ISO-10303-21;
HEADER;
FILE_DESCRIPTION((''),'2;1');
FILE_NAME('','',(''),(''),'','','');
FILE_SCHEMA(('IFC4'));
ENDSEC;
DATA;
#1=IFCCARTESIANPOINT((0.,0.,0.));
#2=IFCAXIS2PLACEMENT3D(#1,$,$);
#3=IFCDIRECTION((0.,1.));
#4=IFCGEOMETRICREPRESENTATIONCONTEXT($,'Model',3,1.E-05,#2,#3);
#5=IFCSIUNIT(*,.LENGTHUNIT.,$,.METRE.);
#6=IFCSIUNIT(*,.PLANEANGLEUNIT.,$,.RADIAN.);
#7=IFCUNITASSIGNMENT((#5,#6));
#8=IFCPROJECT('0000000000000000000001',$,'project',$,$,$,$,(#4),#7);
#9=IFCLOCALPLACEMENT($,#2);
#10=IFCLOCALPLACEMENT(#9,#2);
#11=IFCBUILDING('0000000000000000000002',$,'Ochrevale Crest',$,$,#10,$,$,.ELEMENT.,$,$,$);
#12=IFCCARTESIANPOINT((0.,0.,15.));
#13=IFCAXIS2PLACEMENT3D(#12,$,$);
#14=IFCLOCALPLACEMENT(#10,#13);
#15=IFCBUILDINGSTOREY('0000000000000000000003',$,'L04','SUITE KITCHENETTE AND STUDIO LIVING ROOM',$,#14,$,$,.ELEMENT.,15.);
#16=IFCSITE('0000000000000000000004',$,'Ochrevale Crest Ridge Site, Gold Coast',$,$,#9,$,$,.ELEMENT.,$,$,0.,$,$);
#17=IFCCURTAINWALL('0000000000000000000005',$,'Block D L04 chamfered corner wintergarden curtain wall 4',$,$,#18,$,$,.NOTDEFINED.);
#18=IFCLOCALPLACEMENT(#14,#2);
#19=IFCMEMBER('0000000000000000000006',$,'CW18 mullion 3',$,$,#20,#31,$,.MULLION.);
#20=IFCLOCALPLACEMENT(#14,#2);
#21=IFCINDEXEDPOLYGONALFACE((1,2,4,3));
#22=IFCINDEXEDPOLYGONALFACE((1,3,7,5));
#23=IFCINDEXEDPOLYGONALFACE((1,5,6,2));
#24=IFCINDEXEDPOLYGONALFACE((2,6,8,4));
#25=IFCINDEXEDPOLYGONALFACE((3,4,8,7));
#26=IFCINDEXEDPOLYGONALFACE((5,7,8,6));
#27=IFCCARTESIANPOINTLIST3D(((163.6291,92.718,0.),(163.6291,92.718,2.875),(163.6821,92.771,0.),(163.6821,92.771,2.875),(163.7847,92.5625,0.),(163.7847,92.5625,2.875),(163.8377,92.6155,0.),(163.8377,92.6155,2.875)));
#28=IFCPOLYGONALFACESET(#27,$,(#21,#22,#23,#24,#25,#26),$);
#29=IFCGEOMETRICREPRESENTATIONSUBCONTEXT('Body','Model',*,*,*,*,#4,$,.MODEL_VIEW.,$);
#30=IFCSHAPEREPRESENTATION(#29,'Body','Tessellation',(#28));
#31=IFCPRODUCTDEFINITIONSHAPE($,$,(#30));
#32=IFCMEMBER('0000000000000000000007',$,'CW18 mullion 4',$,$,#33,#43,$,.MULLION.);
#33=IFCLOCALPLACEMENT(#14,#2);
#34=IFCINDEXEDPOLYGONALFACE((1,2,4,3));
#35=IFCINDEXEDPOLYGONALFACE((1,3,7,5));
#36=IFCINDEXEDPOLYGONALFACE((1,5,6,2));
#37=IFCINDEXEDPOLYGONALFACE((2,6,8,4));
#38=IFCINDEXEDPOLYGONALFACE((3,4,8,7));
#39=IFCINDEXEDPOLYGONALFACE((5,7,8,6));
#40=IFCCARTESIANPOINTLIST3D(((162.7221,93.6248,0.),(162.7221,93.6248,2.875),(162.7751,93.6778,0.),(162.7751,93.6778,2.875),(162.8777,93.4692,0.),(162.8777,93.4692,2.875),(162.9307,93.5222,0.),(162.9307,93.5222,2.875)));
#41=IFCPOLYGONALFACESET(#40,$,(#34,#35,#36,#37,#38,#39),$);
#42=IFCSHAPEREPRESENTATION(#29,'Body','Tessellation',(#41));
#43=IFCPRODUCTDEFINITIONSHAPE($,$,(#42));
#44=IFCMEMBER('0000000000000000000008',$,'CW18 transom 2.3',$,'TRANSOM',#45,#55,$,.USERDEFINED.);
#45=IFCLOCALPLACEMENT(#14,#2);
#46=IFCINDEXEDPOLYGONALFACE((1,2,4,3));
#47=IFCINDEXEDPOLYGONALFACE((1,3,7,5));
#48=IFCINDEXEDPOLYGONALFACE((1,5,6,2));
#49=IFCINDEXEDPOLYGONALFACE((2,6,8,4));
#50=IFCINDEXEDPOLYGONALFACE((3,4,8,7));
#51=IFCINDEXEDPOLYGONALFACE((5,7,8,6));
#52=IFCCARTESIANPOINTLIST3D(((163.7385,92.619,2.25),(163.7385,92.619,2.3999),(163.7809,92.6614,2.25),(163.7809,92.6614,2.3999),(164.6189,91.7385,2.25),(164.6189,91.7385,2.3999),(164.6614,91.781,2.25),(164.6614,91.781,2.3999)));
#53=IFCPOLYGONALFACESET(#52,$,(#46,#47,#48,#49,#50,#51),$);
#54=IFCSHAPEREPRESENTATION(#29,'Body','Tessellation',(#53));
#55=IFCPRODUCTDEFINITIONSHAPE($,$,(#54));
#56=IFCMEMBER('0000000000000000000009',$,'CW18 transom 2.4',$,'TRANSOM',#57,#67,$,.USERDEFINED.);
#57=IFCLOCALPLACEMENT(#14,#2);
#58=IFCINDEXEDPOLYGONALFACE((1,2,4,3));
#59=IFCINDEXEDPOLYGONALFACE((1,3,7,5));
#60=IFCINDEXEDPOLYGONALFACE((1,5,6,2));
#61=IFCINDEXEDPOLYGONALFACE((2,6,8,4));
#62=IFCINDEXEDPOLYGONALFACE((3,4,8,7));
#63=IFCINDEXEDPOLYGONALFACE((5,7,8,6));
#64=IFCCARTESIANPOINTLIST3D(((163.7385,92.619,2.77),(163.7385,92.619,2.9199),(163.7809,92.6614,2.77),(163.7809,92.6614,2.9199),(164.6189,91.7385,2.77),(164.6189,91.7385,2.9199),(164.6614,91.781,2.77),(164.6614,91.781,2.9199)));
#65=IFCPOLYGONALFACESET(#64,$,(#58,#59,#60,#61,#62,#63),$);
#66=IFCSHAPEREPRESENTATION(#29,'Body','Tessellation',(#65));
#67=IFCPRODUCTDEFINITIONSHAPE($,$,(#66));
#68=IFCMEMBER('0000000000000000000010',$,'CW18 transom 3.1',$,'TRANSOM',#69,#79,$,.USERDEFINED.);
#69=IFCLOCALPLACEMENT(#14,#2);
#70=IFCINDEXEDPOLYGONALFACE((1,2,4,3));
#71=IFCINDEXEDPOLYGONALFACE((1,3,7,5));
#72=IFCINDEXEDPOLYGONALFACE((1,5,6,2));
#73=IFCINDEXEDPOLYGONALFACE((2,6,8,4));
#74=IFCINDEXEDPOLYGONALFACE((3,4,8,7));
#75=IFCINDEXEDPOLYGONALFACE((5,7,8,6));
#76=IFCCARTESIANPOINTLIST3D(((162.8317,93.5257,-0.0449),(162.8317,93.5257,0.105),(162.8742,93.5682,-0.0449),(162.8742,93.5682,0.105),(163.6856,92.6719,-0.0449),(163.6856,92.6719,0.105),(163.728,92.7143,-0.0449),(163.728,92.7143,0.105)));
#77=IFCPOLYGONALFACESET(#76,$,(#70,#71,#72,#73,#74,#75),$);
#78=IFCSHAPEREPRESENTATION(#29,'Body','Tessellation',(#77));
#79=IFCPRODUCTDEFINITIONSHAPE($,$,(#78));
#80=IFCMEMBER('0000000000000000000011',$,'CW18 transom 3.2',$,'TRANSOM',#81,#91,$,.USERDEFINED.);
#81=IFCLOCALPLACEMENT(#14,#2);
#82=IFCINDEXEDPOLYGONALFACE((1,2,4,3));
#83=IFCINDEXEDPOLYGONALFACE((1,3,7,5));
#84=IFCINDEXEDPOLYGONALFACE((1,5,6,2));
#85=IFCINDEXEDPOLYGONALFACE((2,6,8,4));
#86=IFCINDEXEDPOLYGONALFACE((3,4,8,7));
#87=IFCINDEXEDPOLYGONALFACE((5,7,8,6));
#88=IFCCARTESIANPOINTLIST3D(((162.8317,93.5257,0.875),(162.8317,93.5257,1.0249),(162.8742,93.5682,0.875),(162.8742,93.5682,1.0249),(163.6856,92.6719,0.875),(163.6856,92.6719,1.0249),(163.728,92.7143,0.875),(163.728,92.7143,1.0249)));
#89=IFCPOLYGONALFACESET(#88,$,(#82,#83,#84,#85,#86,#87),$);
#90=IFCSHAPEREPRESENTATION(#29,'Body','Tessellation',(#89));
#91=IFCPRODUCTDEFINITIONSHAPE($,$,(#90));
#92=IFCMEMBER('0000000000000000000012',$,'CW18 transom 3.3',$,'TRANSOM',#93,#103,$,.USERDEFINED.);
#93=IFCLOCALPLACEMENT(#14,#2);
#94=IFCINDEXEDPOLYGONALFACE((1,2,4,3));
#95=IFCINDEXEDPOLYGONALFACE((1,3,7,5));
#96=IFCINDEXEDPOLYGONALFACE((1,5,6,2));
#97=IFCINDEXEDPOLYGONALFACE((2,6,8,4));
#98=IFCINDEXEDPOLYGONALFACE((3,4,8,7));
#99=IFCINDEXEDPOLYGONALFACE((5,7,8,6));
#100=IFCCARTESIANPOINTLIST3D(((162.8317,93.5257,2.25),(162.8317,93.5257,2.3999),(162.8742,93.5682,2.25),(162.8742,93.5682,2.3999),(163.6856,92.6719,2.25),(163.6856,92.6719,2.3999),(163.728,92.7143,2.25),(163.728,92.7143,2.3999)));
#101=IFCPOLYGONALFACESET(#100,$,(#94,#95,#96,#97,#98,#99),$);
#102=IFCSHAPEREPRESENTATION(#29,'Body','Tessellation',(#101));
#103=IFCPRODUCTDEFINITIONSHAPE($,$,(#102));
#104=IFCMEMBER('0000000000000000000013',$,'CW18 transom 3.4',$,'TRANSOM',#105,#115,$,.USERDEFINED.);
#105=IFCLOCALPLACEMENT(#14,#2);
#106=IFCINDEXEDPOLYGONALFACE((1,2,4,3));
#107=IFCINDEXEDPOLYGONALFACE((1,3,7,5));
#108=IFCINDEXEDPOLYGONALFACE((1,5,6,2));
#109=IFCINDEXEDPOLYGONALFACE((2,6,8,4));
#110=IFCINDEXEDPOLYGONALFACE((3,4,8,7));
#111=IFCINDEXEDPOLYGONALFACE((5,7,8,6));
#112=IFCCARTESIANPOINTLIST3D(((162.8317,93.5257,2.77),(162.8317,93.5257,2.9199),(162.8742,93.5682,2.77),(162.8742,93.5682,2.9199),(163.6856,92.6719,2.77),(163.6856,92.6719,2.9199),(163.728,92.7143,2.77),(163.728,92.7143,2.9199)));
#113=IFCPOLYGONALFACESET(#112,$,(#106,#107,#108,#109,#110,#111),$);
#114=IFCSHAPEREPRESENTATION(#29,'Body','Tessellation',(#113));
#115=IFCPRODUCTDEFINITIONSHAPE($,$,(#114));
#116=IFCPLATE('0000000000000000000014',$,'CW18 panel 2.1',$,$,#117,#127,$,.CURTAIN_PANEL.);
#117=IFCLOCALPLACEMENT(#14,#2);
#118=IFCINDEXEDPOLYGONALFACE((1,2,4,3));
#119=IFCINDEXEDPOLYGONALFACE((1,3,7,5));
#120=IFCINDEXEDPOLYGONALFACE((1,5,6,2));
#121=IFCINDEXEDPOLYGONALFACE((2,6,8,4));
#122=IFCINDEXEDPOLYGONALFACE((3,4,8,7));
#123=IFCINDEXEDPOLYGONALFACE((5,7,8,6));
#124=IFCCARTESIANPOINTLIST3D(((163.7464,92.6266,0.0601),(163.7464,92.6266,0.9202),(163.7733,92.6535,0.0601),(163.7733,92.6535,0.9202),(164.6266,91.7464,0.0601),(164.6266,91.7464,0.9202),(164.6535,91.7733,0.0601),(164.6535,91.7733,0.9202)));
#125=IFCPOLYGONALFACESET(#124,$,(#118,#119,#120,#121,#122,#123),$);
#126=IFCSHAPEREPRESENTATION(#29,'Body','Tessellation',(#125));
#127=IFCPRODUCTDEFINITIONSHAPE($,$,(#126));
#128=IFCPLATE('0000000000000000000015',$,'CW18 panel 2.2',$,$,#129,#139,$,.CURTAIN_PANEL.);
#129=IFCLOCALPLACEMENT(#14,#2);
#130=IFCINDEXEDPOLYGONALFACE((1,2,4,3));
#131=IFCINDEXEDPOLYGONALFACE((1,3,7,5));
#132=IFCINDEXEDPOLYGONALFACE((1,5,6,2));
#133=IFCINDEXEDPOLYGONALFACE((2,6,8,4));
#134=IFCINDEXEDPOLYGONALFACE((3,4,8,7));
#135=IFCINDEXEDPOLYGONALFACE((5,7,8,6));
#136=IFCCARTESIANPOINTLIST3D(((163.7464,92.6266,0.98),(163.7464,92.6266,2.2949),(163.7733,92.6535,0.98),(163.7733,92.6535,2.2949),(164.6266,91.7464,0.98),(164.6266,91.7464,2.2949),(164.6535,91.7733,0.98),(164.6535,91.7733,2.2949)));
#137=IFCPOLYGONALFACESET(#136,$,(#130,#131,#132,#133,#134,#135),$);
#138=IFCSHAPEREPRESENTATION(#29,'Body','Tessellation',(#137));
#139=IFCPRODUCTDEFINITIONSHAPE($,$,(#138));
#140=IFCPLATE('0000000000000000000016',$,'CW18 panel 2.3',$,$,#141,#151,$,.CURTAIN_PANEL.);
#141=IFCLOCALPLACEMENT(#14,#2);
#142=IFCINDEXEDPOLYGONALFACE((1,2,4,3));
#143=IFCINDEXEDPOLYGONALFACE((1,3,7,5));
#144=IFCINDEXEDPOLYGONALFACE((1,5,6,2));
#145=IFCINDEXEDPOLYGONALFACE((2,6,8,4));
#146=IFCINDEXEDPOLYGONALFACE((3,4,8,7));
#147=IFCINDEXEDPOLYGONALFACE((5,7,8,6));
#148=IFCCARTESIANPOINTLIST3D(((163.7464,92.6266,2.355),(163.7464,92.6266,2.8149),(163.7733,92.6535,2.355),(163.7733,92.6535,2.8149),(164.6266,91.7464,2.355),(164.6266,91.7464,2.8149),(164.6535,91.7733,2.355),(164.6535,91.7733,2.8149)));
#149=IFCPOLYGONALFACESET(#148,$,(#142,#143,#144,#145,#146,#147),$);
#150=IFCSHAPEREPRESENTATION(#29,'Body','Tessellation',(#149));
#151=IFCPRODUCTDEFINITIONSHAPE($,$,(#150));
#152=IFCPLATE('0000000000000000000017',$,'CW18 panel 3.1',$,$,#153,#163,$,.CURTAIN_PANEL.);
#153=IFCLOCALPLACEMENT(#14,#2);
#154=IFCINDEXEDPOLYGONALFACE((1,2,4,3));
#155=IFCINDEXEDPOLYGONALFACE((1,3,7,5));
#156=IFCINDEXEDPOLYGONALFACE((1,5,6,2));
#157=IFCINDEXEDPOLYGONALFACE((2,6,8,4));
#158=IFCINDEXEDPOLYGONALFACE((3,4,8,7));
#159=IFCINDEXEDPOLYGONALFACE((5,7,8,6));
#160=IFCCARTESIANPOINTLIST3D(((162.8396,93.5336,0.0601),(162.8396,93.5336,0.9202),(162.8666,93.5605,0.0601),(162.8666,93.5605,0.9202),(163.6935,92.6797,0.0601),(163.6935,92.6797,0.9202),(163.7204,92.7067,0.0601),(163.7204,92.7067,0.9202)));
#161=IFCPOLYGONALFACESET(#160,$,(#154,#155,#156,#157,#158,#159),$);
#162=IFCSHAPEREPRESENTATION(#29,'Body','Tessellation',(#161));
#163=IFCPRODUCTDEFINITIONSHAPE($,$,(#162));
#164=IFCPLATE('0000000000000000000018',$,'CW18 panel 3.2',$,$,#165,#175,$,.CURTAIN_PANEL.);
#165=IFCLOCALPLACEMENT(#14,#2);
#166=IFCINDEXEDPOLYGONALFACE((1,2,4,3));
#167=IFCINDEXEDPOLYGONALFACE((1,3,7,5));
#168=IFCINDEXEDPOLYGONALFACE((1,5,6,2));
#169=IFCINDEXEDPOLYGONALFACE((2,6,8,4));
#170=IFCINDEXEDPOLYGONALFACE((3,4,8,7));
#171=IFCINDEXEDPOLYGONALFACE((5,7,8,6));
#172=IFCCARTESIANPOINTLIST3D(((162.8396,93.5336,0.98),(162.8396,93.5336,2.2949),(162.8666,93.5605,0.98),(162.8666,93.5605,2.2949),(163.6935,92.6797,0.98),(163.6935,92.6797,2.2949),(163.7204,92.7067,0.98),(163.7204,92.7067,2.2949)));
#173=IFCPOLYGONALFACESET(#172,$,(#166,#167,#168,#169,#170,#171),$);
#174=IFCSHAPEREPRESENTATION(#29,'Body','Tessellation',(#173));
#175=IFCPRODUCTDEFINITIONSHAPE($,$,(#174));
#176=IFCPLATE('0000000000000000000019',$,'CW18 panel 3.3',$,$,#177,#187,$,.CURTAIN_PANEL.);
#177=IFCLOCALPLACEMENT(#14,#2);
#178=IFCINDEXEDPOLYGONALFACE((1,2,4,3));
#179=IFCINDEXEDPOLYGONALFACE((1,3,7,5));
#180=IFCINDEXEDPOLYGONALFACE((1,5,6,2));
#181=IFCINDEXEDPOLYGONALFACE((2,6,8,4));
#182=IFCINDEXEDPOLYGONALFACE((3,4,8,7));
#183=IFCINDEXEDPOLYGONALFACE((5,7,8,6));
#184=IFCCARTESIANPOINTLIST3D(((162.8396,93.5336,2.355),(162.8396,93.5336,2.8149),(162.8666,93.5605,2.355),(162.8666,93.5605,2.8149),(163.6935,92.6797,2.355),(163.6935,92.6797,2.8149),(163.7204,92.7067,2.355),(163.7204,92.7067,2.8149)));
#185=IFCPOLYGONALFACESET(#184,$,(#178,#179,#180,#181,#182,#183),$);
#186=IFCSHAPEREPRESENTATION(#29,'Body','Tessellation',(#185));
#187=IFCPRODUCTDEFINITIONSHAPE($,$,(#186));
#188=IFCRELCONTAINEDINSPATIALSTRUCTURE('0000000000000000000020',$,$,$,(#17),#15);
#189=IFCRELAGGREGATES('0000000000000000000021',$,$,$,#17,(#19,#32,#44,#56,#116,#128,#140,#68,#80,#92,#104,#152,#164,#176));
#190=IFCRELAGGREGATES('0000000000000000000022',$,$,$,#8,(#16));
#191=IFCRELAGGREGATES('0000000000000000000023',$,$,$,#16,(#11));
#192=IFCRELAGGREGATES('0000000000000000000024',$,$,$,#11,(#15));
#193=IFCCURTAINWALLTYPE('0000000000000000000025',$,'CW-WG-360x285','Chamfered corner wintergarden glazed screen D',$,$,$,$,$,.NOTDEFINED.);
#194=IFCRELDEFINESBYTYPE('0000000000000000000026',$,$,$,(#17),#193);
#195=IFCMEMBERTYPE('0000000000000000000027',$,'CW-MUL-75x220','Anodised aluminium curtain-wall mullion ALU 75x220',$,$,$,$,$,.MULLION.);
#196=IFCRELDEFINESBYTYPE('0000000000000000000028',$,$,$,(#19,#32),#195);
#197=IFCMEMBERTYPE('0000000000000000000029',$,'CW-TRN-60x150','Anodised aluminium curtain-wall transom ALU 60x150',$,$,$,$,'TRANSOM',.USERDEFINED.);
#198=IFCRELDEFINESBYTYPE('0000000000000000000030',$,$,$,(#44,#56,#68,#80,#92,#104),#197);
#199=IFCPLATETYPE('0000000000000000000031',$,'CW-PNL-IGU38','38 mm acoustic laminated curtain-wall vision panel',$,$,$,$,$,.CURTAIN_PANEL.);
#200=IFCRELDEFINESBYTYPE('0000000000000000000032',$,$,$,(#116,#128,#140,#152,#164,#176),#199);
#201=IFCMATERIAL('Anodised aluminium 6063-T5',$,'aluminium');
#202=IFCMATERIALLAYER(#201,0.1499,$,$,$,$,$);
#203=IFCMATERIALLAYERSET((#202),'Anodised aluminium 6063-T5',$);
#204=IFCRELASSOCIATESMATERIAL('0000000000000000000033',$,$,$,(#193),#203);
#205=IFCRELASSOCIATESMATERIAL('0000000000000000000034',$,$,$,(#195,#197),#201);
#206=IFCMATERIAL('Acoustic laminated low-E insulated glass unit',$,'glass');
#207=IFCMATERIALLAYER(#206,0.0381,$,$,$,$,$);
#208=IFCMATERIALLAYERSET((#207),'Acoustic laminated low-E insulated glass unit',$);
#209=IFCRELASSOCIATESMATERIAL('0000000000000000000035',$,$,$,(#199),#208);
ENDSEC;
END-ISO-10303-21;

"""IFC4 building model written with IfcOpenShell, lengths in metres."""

from ifc_helpers import new_model, si_unit, direction, frame, origin, origin_2d, place, context, subcontext, project, spatial, rectangle, extrude, material, layer, layer_set, material_profile, profile_set, type_object, element, aggregate, save


model = new_model("IFC4")

# Units and contexts
model_context = context("Model", 3, precision=1e-05, world=origin(), true_north=direction((0.0, 1.0)))
body_context = subcontext(model_context, "Body", "Model", "MODEL_VIEW")
ifc_project = project(units=[si_unit("LENGTHUNIT", "METRE"), si_unit("PLANEANGLEUNIT", "RADIAN")], contexts=[model_context])

# Site, building, storey
site_placement = place(None, origin())
site = spatial("IfcSite", under=ifc_project, at=site_placement, Name="Ochrevale Crest Ridge Site, Gold Coast", CompositionType="ELEMENT", RefElevation=0.0)
building_placement = place(site_placement, origin())
building = spatial("IfcBuilding", under=site, at=building_placement, Name="Ochrevale Crest", CompositionType="ELEMENT")
storey_placement = place(building_placement, frame((0.0, 0.0, 15.0)))
storey = spatial("IfcBuildingStorey", under=building, at=storey_placement, Name="L04", Description="SUITE KITCHENETTE AND STUDIO LIVING ROOM", CompositionType="ELEMENT", Elevation=15.0)

# Curtain wall, members, plates
ifc_material_1 = material(Name="Anodised aluminium 6063-T5", Category="aluminium")
ifc_layer_1 = layer(ifc_material_1, 0.1499)
ifc_layer_set_1 = layer_set([ifc_layer_1], Name="Anodised aluminium 6063-T5")
curtain_wall_type = type_object("IfcCurtainWallType", Name="CW-WG-360x285", Description="Chamfered corner wintergarden glazed screen D", PredefinedType="NOTDEFINED", material=ifc_layer_set_1)
curtain_wall_placement = place(storey_placement, origin())
curtain_wall = element("IfcCurtainWall", 1, at=curtain_wall_placement, inside=storey, type_object=curtain_wall_type, Name="Block D L04 chamfered corner wintergarden curtain wall 4", PredefinedType="NOTDEFINED")
ifc_material_profile_1 = material_profile(ifc_material_1, rectangle(XDim=0.075, YDim=0.22, at=origin_2d()), Name="ALU 75x220")
ifc_profile_set_1 = profile_set([ifc_material_profile_1], Name="Anodised aluminium 6063-T5")
member_type_1 = type_object("IfcMemberType", Name="CW-MUL-75x220", Description="Anodised aluminium curtain-wall mullion ALU 75x220", PredefinedType="MULLION", material=ifc_profile_set_1)
member_1_placement = place(storey_placement, frame((163.7334, 92.6667, 0.0), z_axis=(0.0, 0.0, 1.0), x_axis=(-0.707107, -0.707107, 0.0)))
member_1 = element("IfcMember", 2, at=member_1_placement, type_object=member_type_1, Name="CW18 mullion 3", PredefinedType="MULLION", context=body_context, shape_type="SweptSolid", body=[
    extrude(rectangle(XDim=0.075, YDim=0.22, at=origin_2d()), origin(), (0.0, 0.0, 1.0), 2.875),
])
member_2_placement = place(storey_placement, frame((162.8264, 93.5735, 0.0), z_axis=(0.0, 0.0, 1.0), x_axis=(-0.707107, -0.707107, 0.0)))
member_2 = element("IfcMember", 3, at=member_2_placement, type_object=member_type_1, Name="CW18 mullion 4", PredefinedType="MULLION", context=body_context, shape_type="SweptSolid", body=[
    extrude(rectangle(XDim=0.075, YDim=0.22, at=origin_2d()), origin(), (0.0, 0.0, 1.0), 2.875),
])
ifc_material_profile_2 = material_profile(ifc_material_1, rectangle(XDim=0.0601, YDim=0.1499, at=origin_2d()), Name="ALU 60x150")
ifc_profile_set_2 = profile_set([ifc_material_profile_2], Name="Anodised aluminium 6063-T5")
member_type_2 = type_object("IfcMemberType", Name="CW-TRN-60x150", Description="Anodised aluminium curtain-wall transom ALU 60x150", ElementType="TRANSOM", PredefinedType="USERDEFINED", material=ifc_profile_set_2)
member_3_placement = place(storey_placement, frame((164.6401, 91.7598, 2.325), z_axis=(-0.707107, 0.707107, 0.0), x_axis=(-0.707107, -0.707107, 0.0)))
member_3 = element("IfcMember", 4, at=member_3_placement, type_object=member_type_2, Name="CW18 transom 2.3", ObjectType="TRANSOM", PredefinedType="USERDEFINED", context=body_context, shape_type="SweptSolid", body=[
    extrude(rectangle(XDim=0.0601, YDim=0.1499, at=origin_2d()), origin(), (0.0, 0.0, 1.0), 1.2451),
])
member_4_placement = place(storey_placement, frame((164.6401, 91.7598, 2.845), z_axis=(-0.707107, 0.707107, 0.0), x_axis=(-0.707107, -0.707107, 0.0)))
member_4 = element("IfcMember", 5, at=member_4_placement, type_object=member_type_2, Name="CW18 transom 2.4", ObjectType="TRANSOM", PredefinedType="USERDEFINED", context=body_context, shape_type="SweptSolid", body=[
    extrude(rectangle(XDim=0.0601, YDim=0.1499, at=origin_2d()), origin(), (0.0, 0.0, 1.0), 1.2451),
])
member_5_placement = place(storey_placement, frame((163.7068, 92.6931, 0.03), z_axis=(-0.707107, 0.707107, 0.0), x_axis=(-0.707107, -0.707107, 0.0)))
member_5 = element("IfcMember", 6, at=member_5_placement, type_object=member_type_2, Name="CW18 transom 3.1", ObjectType="TRANSOM", PredefinedType="USERDEFINED", context=body_context, shape_type="SweptSolid", body=[
    extrude(rectangle(XDim=0.0601, YDim=0.1499, at=origin_2d()), origin(), (0.0, 0.0, 1.0), 1.2075),
])
member_6_placement = place(storey_placement, frame((163.7068, 92.6931, 0.95), z_axis=(-0.707107, 0.707107, 0.0), x_axis=(-0.707107, -0.707107, 0.0)))
member_6 = element("IfcMember", 7, at=member_6_placement, type_object=member_type_2, Name="CW18 transom 3.2", ObjectType="TRANSOM", PredefinedType="USERDEFINED", context=body_context, shape_type="SweptSolid", body=[
    extrude(rectangle(XDim=0.0601, YDim=0.1499, at=origin_2d()), origin(), (0.0, 0.0, 1.0), 1.2075),
])
member_7_placement = place(storey_placement, frame((163.7068, 92.6931, 2.325), z_axis=(-0.707107, 0.707107, 0.0), x_axis=(-0.707107, -0.707107, 0.0)))
member_7 = element("IfcMember", 8, at=member_7_placement, type_object=member_type_2, Name="CW18 transom 3.3", ObjectType="TRANSOM", PredefinedType="USERDEFINED", context=body_context, shape_type="SweptSolid", body=[
    extrude(rectangle(XDim=0.0601, YDim=0.1499, at=origin_2d()), origin(), (0.0, 0.0, 1.0), 1.2075),
])
member_8_placement = place(storey_placement, frame((163.7068, 92.6931, 2.845), z_axis=(-0.707107, 0.707107, 0.0), x_axis=(-0.707107, -0.707107, 0.0)))
member_8 = element("IfcMember", 9, at=member_8_placement, type_object=member_type_2, Name="CW18 transom 3.4", ObjectType="TRANSOM", PredefinedType="USERDEFINED", context=body_context, shape_type="SweptSolid", body=[
    extrude(rectangle(XDim=0.0601, YDim=0.1499, at=origin_2d()), origin(), (0.0, 0.0, 1.0), 1.2075),
])
ifc_material_2 = material(Name="Acoustic laminated low-E insulated glass unit", Category="glass")
ifc_layer_2 = layer(ifc_material_2, 0.0381)
ifc_layer_set_2 = layer_set([ifc_layer_2], Name="Acoustic laminated low-E insulated glass unit")
plate_type_1 = type_object("IfcPlateType", Name="CW-PNL-IGU38", Description="38 mm acoustic laminated curtain-wall vision panel", PredefinedType="CURTAIN_PANEL", material=ifc_layer_set_2)
plate_1_placement = place(storey_placement, frame((164.2, 92.2, 0.0601), z_axis=(0.0, 0.0, 1.0), x_axis=(-0.707107, 0.707107, 0.0)))
plate_1 = element("IfcPlate", 10, at=plate_1_placement, type_object=plate_type_1, Name="CW18 panel 2.1", PredefinedType="CURTAIN_PANEL", context=body_context, shape_type="SweptSolid", body=[
    extrude(rectangle(XDim=1.2449, YDim=0.0381, at=origin_2d()), origin(), (0.0, 0.0, 1.0), 0.8601),
])
plate_2_placement = place(storey_placement, frame((164.2, 92.2, 0.98), z_axis=(0.0, 0.0, 1.0), x_axis=(-0.707107, 0.707107, 0.0)))
plate_2 = element("IfcPlate", 11, at=plate_2_placement, type_object=plate_type_1, Name="CW18 panel 2.2", PredefinedType="CURTAIN_PANEL", context=body_context, shape_type="SweptSolid", body=[
    extrude(rectangle(XDim=1.2449, YDim=0.0381, at=origin_2d()), origin(), (0.0, 0.0, 1.0), 1.3149),
])
plate_3_placement = place(storey_placement, frame((164.2, 92.2, 2.355), z_axis=(0.0, 0.0, 1.0), x_axis=(-0.707107, 0.707107, 0.0)))
plate_3 = element("IfcPlate", 12, at=plate_3_placement, type_object=plate_type_1, Name="CW18 panel 2.3", PredefinedType="CURTAIN_PANEL", context=body_context, shape_type="SweptSolid", body=[
    extrude(rectangle(XDim=1.2449, YDim=0.0381, at=origin_2d()), origin(), (0.0, 0.0, 1.0), 0.46),
])
plate_4_placement = place(storey_placement, frame((163.28, 93.1201, 0.0601), z_axis=(0.0, 0.0, 1.0), x_axis=(-0.707107, 0.707107, 0.0)))
plate_4 = element("IfcPlate", 13, at=plate_4_placement, type_object=plate_type_1, Name="CW18 panel 3.1", PredefinedType="CURTAIN_PANEL", context=body_context, shape_type="SweptSolid", body=[
    extrude(rectangle(XDim=1.2075, YDim=0.0381, at=origin_2d()), origin(), (0.0, 0.0, 1.0), 0.8601),
])
plate_5_placement = place(storey_placement, frame((163.28, 93.1201, 0.98), z_axis=(0.0, 0.0, 1.0), x_axis=(-0.707107, 0.707107, 0.0)))
plate_5 = element("IfcPlate", 14, at=plate_5_placement, type_object=plate_type_1, Name="CW18 panel 3.2", PredefinedType="CURTAIN_PANEL", context=body_context, shape_type="SweptSolid", body=[
    extrude(rectangle(XDim=1.2075, YDim=0.0381, at=origin_2d()), origin(), (0.0, 0.0, 1.0), 1.3149),
])
plate_6_placement = place(storey_placement, frame((163.28, 93.1201, 2.355), z_axis=(0.0, 0.0, 1.0), x_axis=(-0.707107, 0.707107, 0.0)))
plate_6 = element("IfcPlate", 15, at=plate_6_placement, type_object=plate_type_1, Name="CW18 panel 3.3", PredefinedType="CURTAIN_PANEL", context=body_context, shape_type="SweptSolid", body=[
    extrude(rectangle(XDim=1.2075, YDim=0.0381, at=origin_2d()), origin(), (0.0, 0.0, 1.0), 0.46),
])
aggregate(curtain_wall, [member_1, member_2, member_3, member_4, plate_1, plate_2, plate_3, member_5, member_6, member_7, member_8, plate_4, plate_5, plate_6])

save(model, "model.ifc")
